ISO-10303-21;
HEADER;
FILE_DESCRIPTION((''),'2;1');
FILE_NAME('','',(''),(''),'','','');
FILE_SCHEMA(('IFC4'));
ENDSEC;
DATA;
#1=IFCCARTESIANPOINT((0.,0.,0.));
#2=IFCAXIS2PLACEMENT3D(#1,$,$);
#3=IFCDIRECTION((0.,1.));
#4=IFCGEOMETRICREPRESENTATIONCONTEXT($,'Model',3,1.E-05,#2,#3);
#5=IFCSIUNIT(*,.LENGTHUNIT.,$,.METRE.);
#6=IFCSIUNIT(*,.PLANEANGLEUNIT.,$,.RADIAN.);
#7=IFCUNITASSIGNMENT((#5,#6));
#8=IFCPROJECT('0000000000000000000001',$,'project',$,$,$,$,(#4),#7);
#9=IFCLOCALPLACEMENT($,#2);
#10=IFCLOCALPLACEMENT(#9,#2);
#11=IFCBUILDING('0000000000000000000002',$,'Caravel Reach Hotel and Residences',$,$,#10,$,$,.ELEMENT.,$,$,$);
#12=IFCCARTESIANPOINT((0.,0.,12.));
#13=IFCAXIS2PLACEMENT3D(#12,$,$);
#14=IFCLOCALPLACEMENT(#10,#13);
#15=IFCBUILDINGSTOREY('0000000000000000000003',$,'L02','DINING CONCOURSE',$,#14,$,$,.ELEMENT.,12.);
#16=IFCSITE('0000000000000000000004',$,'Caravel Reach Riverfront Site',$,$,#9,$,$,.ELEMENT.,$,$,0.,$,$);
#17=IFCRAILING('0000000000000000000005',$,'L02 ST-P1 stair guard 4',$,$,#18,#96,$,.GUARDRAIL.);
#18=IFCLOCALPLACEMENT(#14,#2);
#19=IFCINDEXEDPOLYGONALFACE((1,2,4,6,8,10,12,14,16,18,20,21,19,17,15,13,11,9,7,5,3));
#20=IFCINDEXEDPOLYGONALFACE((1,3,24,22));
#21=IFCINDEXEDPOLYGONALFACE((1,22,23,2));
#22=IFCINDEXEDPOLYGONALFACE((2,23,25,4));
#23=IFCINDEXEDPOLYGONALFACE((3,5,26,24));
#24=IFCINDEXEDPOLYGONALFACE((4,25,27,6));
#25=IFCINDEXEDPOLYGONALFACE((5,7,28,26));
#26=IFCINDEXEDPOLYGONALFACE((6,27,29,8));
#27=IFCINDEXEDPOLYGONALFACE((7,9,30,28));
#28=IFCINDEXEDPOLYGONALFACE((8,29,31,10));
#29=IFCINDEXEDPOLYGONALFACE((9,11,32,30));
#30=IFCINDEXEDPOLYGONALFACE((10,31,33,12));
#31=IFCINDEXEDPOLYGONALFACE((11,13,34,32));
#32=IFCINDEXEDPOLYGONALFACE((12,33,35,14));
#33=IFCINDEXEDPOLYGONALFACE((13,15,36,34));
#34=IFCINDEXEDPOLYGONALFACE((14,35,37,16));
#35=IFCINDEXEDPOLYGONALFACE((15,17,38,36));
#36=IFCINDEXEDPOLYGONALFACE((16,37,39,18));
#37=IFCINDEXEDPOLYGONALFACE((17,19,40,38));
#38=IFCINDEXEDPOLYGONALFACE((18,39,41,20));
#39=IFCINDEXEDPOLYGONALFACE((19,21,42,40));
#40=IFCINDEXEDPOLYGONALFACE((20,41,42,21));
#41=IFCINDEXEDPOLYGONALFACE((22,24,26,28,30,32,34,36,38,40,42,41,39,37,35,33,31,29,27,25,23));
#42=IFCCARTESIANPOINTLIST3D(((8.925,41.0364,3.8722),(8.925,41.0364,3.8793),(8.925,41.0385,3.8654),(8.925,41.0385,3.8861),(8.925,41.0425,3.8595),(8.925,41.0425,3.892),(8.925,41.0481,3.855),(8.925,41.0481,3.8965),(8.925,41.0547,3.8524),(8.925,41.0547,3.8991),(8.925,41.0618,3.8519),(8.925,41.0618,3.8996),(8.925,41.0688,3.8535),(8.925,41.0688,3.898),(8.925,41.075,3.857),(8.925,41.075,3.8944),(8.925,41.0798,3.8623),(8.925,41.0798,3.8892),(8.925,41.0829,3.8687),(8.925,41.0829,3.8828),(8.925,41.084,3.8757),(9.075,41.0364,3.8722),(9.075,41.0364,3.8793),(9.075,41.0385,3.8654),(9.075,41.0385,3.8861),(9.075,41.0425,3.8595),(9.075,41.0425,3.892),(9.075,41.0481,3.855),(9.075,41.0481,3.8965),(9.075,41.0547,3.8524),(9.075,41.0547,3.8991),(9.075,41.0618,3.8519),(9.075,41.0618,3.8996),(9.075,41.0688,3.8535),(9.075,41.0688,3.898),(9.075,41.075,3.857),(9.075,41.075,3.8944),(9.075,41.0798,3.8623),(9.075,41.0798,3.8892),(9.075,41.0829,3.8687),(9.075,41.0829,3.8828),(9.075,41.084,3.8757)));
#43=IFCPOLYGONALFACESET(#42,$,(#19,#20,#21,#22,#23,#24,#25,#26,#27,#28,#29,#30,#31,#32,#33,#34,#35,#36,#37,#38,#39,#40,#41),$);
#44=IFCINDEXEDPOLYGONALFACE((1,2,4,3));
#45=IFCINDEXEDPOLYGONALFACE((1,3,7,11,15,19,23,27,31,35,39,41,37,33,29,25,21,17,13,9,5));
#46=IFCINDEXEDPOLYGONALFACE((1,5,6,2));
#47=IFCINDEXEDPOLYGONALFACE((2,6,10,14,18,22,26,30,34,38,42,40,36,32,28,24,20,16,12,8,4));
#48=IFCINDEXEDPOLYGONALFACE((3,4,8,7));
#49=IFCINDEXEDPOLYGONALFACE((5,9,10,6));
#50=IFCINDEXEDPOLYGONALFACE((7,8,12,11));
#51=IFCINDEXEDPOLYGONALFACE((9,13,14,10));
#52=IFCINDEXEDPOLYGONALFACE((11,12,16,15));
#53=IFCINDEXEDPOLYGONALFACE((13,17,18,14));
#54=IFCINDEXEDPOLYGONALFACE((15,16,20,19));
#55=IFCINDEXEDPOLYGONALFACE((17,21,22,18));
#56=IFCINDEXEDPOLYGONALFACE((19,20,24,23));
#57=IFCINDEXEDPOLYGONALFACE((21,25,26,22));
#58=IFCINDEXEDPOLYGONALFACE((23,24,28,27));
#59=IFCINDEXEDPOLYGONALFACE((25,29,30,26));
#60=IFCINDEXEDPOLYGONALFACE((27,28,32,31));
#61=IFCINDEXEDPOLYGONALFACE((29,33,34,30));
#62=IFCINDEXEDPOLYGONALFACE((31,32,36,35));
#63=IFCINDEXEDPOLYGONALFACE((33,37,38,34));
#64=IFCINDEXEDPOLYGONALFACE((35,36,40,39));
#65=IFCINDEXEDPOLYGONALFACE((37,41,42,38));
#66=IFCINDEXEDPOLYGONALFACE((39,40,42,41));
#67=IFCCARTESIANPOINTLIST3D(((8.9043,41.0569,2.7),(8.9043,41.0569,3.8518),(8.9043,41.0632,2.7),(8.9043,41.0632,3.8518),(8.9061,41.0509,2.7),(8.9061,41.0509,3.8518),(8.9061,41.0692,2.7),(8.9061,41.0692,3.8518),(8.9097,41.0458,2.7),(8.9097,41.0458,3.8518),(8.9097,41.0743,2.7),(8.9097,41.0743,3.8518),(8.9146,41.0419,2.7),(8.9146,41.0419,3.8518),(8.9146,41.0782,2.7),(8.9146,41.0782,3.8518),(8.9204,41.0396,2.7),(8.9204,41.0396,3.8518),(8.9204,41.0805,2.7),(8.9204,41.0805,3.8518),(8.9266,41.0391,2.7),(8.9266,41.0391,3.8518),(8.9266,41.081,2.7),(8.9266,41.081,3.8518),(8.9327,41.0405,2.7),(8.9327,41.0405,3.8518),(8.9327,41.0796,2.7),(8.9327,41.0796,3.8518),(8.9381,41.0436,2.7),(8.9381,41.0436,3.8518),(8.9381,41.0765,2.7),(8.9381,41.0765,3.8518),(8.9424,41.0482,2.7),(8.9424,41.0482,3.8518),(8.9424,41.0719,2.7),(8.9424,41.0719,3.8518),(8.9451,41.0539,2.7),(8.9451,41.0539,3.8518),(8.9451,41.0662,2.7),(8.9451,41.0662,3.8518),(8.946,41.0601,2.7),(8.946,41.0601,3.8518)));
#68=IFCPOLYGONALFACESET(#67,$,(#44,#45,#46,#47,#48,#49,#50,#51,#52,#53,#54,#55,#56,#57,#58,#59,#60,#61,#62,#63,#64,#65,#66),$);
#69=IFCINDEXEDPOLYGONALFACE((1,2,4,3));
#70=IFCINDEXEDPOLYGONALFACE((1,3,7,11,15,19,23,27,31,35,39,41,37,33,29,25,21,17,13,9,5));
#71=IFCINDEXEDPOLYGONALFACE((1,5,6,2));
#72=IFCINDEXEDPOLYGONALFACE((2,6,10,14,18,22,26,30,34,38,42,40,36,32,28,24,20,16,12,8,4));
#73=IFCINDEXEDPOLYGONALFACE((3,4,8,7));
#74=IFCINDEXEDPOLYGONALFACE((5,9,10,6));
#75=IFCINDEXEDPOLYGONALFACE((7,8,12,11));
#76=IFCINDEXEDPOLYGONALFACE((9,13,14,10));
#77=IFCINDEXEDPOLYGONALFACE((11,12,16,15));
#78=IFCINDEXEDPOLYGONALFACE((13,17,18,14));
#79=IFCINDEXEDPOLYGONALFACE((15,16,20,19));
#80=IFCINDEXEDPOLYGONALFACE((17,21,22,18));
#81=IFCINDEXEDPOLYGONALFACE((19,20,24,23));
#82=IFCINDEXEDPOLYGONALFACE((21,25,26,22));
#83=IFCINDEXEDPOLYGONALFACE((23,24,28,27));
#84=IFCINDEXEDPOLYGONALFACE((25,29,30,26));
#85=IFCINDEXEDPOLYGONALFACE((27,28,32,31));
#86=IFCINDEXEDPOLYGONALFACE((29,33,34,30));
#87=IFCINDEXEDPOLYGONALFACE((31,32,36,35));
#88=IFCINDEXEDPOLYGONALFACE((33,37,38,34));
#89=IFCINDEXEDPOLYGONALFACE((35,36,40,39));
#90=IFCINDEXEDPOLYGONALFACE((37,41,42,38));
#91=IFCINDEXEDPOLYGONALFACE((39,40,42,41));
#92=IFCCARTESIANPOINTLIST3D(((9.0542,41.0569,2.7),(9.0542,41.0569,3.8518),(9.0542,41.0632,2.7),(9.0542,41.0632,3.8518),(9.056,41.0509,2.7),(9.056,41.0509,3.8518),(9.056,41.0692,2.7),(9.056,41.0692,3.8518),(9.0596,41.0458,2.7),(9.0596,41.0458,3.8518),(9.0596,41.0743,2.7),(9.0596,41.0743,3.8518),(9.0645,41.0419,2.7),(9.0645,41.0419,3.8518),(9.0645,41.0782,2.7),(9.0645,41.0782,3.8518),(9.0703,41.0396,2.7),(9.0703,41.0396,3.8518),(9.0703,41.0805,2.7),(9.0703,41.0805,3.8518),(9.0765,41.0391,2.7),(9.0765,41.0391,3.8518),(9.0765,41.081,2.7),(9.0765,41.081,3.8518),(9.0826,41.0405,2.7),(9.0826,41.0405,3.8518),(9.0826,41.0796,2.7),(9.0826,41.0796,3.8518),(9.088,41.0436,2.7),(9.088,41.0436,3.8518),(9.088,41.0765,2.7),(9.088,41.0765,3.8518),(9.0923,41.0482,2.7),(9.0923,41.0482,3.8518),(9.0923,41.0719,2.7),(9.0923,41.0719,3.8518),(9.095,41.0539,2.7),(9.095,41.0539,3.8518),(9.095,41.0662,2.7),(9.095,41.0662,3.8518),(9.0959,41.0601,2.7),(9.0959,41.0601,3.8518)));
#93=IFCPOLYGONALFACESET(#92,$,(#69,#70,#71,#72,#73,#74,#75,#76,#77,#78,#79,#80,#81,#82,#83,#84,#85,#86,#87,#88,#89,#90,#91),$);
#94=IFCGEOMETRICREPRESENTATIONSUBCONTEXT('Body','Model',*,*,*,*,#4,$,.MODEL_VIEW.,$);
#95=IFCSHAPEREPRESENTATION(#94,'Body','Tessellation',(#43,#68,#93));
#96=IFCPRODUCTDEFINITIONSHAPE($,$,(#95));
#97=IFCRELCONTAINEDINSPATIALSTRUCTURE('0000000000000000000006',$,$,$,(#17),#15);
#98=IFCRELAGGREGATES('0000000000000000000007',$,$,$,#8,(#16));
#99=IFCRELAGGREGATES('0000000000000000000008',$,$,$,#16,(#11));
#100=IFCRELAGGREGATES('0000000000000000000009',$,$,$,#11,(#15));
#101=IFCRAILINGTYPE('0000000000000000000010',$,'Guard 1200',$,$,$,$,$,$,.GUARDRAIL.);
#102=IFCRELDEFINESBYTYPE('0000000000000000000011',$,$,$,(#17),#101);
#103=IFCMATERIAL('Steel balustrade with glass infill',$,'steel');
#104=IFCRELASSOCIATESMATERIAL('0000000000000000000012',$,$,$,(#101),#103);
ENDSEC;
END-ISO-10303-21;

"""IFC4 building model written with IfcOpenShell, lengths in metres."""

from ifc_helpers import new_model, si_unit, direction, frame, origin, origin_2d, place, context, subcontext, project, spatial, circle, extrude, material, type_object, element, save


model = new_model("IFC4")

# Units and contexts
model_context = context("Model", 3, precision=1e-05, world=origin(), true_north=direction((0.0, 1.0)))
body_context = subcontext(model_context, "Body", "Model", "MODEL_VIEW")
ifc_project = project(units=[si_unit("LENGTHUNIT", "METRE"), si_unit("PLANEANGLEUNIT", "RADIAN")], contexts=[model_context])

# Site, building, storey
site_placement = place(None, origin())
site = spatial("IfcSite", under=ifc_project, at=site_placement, Name="Caravel Reach Riverfront Site", CompositionType="ELEMENT", RefElevation=0.0)
building_placement = place(site_placement, origin())
building = spatial("IfcBuilding", under=site, at=building_placement, Name="Caravel Reach Hotel and Residences", CompositionType="ELEMENT")
storey_placement = place(building_placement, frame((0.0, 0.0, 12.0)))
storey = spatial("IfcBuildingStorey", under=building, at=storey_placement, Name="L02", Description="DINING CONCOURSE", CompositionType="ELEMENT", Elevation=12.0)

# Railing
ifc_material_1 = material(Name="Steel balustrade with glass infill", Category="steel")
railing_type = type_object("IfcRailingType", Name="Guard 1200", PredefinedType="GUARDRAIL", material=ifc_material_1)
railing_1_placement = place(storey_placement, frame((8.925, 41.0601, 2.7)))
element("IfcRailing", 1, at=railing_1_placement, inside=storey, type_object=railing_type, Name="L02 ST-P1 stair guard 4", PredefinedType="GUARDRAIL", context=body_context, shape_type="SweptSolid", body=[
    extrude(circle(Radius=0.0239, at=origin_2d()), frame((0.0, 0.0, 1.1758), z_axis=(1.0, 0.0, 0.0), x_axis=(0.0, 1.0, 0.0)), (0.0, 0.0, 1.0), 0.1499),
    extrude(circle(Radius=0.021, at=origin_2d()), origin(), (0.0, 0.0, 1.0), 1.1519),
    extrude(circle(Radius=0.021, at=origin_2d()), frame((0.1499, 0.0, 0.0)), (0.0, 0.0, 1.0), 1.1519),
])

save(model, "model.ifc")
